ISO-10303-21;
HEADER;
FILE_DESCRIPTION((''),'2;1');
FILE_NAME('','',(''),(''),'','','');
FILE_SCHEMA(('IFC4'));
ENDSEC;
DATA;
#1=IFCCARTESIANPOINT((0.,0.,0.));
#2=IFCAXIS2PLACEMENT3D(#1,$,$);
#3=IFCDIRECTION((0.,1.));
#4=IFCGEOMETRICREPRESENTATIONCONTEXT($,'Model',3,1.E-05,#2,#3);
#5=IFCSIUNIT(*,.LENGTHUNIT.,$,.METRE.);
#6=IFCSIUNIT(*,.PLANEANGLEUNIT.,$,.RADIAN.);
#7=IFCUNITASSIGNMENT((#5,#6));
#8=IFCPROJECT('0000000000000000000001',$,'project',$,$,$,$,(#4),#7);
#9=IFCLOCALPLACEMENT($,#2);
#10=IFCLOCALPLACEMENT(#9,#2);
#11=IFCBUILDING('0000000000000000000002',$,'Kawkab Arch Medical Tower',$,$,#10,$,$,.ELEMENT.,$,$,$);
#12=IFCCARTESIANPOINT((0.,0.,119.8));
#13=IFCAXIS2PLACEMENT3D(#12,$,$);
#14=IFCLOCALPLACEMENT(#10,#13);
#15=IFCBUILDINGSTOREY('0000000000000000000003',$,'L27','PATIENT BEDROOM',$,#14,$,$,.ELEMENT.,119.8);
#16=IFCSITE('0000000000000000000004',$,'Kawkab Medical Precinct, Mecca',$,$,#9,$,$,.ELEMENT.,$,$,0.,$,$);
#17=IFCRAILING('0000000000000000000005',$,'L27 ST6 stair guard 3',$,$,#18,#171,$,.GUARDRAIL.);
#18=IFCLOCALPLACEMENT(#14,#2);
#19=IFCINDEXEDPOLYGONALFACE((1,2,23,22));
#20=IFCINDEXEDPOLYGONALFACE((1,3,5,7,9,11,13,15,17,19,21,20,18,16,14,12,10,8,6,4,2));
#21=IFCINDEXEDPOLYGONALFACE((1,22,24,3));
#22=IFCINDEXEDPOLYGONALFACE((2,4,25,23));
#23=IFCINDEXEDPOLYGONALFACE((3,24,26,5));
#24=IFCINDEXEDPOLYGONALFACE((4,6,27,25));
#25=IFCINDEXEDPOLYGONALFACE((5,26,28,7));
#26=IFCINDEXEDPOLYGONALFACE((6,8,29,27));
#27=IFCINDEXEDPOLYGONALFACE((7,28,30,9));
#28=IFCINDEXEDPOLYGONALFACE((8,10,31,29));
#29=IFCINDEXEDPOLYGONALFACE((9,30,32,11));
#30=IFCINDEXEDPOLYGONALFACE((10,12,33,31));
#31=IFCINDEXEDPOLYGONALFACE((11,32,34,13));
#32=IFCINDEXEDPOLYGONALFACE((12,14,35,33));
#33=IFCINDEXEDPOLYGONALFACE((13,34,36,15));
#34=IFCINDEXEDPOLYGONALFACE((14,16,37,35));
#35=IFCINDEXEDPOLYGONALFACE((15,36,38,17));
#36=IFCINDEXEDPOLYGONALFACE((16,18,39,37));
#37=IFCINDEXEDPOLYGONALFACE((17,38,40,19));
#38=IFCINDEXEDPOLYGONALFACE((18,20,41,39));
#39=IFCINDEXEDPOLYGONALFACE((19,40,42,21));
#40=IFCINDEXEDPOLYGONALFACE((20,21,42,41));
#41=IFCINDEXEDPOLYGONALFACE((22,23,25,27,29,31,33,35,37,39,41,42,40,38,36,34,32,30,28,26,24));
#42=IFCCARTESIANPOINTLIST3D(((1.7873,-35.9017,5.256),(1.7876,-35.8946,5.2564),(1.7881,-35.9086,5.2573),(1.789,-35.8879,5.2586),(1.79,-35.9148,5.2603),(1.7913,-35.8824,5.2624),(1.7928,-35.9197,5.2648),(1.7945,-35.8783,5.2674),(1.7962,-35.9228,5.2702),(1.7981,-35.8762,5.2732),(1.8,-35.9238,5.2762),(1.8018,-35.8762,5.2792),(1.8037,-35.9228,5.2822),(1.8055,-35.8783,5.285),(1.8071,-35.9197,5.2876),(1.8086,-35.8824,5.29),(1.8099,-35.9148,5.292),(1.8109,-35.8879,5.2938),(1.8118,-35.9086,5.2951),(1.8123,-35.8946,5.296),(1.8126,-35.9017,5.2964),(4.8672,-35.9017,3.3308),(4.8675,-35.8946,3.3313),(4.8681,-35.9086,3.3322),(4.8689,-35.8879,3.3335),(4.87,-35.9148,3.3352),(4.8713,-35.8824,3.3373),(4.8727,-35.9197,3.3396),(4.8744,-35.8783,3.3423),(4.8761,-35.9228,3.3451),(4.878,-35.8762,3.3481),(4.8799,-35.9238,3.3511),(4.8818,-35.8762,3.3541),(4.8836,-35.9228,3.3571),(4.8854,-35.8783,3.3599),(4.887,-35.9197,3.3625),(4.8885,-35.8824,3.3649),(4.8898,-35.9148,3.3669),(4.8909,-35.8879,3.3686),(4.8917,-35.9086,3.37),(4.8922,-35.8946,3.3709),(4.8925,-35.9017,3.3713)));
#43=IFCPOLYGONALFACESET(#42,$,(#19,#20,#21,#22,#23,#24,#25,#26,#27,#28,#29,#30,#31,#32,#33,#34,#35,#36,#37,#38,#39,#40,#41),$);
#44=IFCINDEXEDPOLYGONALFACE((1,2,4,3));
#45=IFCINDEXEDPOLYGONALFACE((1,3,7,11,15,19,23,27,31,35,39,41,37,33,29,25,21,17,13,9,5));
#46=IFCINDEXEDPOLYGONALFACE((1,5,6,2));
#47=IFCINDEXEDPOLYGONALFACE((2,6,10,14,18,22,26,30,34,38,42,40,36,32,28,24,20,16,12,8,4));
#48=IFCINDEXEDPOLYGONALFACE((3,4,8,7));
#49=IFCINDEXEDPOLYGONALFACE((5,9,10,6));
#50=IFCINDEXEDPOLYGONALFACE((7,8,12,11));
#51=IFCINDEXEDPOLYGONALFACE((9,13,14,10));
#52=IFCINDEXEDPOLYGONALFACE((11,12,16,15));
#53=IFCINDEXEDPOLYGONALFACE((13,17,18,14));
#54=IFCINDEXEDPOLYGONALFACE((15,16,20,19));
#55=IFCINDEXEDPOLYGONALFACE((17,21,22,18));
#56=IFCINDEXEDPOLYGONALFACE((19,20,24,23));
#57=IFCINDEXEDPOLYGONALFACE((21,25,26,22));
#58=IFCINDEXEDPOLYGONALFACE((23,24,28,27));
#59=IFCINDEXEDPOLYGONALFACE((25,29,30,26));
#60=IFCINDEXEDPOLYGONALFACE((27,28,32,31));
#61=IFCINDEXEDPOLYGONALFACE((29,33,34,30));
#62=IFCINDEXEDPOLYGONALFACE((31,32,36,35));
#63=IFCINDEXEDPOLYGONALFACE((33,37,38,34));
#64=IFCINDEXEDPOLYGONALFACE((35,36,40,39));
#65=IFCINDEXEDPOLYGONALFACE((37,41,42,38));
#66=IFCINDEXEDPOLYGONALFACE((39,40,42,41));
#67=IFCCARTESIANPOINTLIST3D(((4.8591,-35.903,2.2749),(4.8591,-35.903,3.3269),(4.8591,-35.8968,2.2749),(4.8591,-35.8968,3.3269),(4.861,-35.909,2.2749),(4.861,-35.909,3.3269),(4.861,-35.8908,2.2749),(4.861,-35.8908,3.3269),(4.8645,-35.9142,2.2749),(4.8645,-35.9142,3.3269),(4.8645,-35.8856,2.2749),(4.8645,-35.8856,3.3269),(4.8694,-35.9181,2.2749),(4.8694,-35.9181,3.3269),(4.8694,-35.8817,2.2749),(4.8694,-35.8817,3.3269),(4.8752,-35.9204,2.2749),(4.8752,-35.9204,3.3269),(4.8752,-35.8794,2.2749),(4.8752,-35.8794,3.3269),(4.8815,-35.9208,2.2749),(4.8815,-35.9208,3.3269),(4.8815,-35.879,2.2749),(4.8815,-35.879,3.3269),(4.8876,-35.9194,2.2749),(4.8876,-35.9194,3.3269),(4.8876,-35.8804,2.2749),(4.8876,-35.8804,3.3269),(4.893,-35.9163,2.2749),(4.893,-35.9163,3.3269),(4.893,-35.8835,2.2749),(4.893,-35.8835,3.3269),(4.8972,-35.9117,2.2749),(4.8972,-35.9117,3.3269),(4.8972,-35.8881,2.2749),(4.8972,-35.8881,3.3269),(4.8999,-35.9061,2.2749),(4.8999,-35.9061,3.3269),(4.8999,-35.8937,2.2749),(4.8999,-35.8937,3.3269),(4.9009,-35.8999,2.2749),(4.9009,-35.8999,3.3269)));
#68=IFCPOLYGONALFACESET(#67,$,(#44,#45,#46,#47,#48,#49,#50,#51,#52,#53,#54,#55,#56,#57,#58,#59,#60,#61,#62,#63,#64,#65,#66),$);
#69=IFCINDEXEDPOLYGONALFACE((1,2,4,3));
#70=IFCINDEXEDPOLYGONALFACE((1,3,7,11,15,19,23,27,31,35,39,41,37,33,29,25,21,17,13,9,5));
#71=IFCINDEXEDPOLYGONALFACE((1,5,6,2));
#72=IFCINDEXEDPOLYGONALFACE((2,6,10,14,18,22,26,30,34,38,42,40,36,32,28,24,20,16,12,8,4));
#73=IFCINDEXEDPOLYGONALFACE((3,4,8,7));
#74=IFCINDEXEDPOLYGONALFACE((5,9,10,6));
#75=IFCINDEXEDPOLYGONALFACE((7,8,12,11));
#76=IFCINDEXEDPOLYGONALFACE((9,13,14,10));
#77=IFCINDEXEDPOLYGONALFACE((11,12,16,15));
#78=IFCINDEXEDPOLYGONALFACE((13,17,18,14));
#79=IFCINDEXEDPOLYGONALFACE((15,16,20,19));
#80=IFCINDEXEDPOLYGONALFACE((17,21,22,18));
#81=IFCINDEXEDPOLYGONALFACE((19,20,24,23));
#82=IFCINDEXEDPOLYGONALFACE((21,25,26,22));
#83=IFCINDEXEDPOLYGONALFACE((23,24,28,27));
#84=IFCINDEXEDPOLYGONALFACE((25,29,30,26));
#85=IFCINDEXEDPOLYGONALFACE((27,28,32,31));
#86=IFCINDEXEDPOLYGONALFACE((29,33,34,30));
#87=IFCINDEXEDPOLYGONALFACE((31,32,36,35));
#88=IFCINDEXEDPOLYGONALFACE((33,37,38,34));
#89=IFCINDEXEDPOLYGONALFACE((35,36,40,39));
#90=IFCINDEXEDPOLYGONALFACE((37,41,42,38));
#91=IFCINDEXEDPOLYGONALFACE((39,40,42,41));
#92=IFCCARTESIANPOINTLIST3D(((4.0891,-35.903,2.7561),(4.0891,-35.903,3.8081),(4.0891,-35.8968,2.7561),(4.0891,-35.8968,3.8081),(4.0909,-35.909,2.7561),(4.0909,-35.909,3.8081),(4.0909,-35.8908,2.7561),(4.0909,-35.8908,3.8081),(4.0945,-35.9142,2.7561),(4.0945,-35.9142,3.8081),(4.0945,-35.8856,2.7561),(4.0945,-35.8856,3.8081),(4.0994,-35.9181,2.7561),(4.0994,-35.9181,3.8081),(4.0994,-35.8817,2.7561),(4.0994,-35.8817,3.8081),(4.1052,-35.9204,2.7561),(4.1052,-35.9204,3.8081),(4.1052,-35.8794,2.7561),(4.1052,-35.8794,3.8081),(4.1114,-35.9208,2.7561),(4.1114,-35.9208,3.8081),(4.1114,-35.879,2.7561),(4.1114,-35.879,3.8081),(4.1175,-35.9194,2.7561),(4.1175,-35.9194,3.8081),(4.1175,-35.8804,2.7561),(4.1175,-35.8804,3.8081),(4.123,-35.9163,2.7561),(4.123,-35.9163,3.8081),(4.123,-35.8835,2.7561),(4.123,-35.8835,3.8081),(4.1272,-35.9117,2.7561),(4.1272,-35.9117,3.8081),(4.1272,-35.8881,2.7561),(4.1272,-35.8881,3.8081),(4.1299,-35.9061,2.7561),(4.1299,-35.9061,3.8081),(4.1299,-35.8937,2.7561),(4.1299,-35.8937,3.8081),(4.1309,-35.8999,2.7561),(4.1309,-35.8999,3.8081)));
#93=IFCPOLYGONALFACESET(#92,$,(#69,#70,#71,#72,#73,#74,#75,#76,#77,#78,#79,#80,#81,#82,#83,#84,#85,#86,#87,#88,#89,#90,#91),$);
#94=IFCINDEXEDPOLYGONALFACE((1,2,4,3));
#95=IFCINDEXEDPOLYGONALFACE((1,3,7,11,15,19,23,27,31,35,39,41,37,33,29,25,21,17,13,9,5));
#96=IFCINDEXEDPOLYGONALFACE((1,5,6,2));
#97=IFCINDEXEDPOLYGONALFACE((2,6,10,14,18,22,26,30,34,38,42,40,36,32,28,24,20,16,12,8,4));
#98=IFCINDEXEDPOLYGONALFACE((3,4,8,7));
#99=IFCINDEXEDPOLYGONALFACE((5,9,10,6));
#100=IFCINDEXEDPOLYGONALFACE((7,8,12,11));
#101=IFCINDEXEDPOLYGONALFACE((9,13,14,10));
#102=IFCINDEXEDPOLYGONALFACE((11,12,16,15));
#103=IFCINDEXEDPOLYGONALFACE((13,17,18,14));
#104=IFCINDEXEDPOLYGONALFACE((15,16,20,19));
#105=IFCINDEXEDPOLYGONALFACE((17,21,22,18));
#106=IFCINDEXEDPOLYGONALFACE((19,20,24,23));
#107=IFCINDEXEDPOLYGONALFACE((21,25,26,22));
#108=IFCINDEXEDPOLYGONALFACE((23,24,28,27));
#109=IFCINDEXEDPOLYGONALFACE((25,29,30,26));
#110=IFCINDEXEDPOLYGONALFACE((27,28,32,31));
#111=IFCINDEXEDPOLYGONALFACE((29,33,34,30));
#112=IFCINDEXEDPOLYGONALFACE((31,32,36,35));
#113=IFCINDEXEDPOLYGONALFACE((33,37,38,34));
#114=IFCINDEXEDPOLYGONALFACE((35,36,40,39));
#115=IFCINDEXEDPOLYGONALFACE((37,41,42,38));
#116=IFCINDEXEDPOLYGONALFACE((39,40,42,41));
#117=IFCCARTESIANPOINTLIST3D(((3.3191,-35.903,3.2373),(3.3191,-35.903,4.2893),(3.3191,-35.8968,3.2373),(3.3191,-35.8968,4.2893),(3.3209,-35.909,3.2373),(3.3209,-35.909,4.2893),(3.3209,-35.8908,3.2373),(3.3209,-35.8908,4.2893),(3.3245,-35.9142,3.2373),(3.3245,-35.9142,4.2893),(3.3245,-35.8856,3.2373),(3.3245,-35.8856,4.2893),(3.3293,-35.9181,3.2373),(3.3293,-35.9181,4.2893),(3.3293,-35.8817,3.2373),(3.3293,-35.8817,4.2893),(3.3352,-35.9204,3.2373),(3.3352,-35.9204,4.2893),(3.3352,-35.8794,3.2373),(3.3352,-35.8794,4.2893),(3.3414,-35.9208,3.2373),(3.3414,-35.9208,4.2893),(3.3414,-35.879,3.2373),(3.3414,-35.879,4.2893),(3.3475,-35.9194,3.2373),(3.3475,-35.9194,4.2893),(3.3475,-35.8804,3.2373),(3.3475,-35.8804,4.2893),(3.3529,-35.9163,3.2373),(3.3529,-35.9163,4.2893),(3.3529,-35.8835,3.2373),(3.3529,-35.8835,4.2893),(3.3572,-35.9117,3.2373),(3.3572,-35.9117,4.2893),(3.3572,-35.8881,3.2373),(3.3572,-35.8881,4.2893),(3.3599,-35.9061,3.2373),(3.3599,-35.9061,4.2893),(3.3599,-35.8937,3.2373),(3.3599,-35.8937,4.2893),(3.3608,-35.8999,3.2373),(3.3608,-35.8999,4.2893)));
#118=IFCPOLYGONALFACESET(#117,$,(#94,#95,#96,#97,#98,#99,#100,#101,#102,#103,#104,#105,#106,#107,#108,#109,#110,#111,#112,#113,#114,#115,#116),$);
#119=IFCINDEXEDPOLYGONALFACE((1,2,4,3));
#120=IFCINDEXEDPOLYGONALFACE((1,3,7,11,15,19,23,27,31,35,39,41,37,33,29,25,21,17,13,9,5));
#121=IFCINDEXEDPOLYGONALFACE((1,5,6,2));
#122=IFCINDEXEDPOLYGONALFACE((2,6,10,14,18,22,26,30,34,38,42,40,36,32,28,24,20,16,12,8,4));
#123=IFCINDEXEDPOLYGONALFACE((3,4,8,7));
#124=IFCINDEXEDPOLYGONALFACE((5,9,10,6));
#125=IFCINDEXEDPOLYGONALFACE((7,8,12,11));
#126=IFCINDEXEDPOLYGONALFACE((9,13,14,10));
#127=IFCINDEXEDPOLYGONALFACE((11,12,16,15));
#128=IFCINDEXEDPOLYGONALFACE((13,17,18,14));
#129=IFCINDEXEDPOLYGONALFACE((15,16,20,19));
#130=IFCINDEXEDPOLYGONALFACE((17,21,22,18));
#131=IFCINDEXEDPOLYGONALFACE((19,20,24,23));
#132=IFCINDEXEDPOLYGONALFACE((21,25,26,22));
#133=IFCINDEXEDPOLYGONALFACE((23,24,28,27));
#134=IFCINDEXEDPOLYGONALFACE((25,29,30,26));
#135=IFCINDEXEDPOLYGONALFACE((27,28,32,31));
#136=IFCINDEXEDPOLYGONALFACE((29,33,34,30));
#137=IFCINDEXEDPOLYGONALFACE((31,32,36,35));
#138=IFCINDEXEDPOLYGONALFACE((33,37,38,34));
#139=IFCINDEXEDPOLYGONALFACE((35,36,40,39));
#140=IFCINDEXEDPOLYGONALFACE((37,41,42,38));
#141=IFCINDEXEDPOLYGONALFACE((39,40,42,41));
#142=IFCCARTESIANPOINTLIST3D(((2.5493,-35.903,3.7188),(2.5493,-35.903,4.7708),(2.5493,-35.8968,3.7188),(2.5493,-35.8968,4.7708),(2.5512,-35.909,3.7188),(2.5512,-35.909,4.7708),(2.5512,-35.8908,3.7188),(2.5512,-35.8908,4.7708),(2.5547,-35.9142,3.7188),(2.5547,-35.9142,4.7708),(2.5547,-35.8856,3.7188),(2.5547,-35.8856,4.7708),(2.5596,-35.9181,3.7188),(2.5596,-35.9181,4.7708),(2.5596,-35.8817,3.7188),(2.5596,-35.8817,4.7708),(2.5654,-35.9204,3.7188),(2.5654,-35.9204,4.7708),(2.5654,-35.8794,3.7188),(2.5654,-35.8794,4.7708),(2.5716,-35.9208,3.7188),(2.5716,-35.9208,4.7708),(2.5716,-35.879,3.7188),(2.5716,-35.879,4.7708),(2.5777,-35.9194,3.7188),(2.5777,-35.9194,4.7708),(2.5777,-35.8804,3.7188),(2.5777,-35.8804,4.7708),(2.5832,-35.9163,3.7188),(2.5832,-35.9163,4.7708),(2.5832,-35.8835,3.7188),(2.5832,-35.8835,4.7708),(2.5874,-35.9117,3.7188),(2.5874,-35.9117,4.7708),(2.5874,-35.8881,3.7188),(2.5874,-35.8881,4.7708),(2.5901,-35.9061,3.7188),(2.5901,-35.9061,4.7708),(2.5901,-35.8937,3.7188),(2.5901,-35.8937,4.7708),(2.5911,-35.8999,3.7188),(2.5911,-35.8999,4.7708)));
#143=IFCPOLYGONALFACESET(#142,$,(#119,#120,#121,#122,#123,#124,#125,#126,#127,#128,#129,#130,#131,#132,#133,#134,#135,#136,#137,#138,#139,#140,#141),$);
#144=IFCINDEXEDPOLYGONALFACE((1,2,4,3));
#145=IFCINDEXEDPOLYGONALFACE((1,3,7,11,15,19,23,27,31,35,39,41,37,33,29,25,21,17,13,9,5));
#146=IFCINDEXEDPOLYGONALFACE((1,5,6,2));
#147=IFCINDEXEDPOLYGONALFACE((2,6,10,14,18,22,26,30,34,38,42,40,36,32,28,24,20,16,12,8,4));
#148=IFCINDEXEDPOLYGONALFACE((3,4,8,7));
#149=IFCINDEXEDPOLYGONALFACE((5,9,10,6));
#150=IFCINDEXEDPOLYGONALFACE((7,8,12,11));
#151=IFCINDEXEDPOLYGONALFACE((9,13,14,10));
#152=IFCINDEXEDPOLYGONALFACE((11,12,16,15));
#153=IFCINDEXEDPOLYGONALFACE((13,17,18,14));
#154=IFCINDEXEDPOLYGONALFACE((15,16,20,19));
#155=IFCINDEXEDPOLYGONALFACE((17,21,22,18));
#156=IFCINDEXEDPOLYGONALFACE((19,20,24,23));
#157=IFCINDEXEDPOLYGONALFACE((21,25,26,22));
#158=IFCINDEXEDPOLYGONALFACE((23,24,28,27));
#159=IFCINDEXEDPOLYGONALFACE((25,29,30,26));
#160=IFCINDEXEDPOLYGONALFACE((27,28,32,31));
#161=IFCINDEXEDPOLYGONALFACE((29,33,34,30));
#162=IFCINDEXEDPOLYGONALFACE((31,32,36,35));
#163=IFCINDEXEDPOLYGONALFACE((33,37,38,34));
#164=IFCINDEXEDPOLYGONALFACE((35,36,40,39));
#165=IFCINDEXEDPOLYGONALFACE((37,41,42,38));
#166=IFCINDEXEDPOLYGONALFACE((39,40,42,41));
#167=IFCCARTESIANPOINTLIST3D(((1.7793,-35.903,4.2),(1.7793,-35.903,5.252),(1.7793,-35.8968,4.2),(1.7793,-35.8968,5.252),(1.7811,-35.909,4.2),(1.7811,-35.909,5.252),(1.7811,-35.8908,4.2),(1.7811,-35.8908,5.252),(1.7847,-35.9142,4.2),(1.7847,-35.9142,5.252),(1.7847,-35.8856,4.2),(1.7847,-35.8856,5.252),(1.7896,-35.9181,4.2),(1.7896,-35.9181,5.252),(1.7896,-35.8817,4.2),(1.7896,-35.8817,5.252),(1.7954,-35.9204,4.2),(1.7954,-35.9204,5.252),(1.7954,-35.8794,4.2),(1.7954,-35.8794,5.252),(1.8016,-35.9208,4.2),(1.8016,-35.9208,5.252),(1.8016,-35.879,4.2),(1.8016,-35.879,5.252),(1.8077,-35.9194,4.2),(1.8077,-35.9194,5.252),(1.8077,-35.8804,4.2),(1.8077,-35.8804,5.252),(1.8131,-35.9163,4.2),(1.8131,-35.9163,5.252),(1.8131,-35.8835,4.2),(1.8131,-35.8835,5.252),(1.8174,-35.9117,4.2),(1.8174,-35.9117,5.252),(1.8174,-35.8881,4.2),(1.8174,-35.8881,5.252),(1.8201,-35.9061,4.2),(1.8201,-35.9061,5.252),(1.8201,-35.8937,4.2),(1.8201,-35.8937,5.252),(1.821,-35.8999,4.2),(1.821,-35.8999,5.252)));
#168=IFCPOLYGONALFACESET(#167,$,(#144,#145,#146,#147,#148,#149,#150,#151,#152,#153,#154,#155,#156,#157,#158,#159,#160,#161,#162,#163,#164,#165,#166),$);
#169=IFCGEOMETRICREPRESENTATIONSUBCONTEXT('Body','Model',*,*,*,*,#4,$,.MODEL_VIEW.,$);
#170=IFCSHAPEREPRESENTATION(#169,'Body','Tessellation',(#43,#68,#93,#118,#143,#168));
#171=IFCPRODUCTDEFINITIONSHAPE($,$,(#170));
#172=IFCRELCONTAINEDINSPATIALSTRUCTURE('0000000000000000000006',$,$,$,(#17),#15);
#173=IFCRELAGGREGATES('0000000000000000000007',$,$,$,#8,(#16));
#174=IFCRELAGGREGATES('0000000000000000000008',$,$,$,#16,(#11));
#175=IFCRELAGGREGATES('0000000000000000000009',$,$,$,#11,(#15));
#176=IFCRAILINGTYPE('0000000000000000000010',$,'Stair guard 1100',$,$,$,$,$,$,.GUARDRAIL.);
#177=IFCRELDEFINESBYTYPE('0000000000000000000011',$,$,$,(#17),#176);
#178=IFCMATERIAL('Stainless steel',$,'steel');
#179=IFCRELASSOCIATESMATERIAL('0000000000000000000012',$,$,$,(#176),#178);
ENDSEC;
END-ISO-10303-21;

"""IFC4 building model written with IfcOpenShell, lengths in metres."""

from ifc_helpers import new_model, si_unit, direction, frame, origin, origin_2d, place, context, subcontext, project, spatial, circle, extrude, material, type_object, element, save


model = new_model("IFC4")

# Units and contexts
model_context = context("Model", 3, precision=1e-05, world=origin(), true_north=direction((0.0, 1.0)))
body_context = subcontext(model_context, "Body", "Model", "MODEL_VIEW")
ifc_project = project(units=[si_unit("LENGTHUNIT", "METRE"), si_unit("PLANEANGLEUNIT", "RADIAN")], contexts=[model_context])

# Site, building, storey
site_placement = place(None, origin())
site = spatial("IfcSite", under=ifc_project, at=site_placement, Name="Kawkab Medical Precinct, Mecca", CompositionType="ELEMENT", RefElevation=0.0)
building_placement = place(site_placement, origin())
building = spatial("IfcBuilding", under=site, at=building_placement, Name="Kawkab Arch Medical Tower", CompositionType="ELEMENT")
storey_placement = place(building_placement, frame((0.0, 0.0, 119.8)))
storey = spatial("IfcBuildingStorey", under=building, at=storey_placement, Name="L27", Description="PATIENT BEDROOM", CompositionType="ELEMENT", Elevation=119.8)

# Railing
ifc_material_1 = material(Name="Stainless steel", Category="steel")
railing_type = type_object("IfcRailingType", Name="Stair guard 1100", PredefinedType="GUARDRAIL", material=ifc_material_1)
railing_1_placement = place(storey_placement, frame((4.8799, -35.8999, 2.2749)))
element("IfcRailing", 1, at=railing_1_placement, inside=storey, type_object=railing_type, Name="L27 ST6 stair guard 3", PredefinedType="GUARDRAIL", context=body_context, shape_type="SweptSolid", body=[
    extrude(circle(Radius=0.0239, at=origin_2d()), frame((0.0, 0.0, 1.0762), z_axis=(-0.847979, 0.0, 0.530029), x_axis=(0.0, -1.0, 0.0)), (0.0, 0.0, 1.0), 3.6321),
    extrude(circle(Radius=0.021, at=origin_2d()), origin(), (0.0, 0.0, 1.0), 1.052),
    extrude(circle(Radius=0.021, at=origin_2d()), frame((-0.77, 0.0, 0.4812)), (0.0, 0.0, 1.0), 1.052),
    extrude(circle(Radius=0.021, at=origin_2d()), frame((-1.54, 0.0, 0.9624)), (0.0, 0.0, 1.0), 1.052),
    extrude(circle(Radius=0.021, at=origin_2d()), frame((-2.3098, 0.0, 1.4438)), (0.0, 0.0, 1.0), 1.052),
    extrude(circle(Radius=0.021, at=origin_2d()), frame((-3.0798, 0.0, 1.925)), (0.0, 0.0, 1.0), 1.052),
])

save(model, "model.ifc")
